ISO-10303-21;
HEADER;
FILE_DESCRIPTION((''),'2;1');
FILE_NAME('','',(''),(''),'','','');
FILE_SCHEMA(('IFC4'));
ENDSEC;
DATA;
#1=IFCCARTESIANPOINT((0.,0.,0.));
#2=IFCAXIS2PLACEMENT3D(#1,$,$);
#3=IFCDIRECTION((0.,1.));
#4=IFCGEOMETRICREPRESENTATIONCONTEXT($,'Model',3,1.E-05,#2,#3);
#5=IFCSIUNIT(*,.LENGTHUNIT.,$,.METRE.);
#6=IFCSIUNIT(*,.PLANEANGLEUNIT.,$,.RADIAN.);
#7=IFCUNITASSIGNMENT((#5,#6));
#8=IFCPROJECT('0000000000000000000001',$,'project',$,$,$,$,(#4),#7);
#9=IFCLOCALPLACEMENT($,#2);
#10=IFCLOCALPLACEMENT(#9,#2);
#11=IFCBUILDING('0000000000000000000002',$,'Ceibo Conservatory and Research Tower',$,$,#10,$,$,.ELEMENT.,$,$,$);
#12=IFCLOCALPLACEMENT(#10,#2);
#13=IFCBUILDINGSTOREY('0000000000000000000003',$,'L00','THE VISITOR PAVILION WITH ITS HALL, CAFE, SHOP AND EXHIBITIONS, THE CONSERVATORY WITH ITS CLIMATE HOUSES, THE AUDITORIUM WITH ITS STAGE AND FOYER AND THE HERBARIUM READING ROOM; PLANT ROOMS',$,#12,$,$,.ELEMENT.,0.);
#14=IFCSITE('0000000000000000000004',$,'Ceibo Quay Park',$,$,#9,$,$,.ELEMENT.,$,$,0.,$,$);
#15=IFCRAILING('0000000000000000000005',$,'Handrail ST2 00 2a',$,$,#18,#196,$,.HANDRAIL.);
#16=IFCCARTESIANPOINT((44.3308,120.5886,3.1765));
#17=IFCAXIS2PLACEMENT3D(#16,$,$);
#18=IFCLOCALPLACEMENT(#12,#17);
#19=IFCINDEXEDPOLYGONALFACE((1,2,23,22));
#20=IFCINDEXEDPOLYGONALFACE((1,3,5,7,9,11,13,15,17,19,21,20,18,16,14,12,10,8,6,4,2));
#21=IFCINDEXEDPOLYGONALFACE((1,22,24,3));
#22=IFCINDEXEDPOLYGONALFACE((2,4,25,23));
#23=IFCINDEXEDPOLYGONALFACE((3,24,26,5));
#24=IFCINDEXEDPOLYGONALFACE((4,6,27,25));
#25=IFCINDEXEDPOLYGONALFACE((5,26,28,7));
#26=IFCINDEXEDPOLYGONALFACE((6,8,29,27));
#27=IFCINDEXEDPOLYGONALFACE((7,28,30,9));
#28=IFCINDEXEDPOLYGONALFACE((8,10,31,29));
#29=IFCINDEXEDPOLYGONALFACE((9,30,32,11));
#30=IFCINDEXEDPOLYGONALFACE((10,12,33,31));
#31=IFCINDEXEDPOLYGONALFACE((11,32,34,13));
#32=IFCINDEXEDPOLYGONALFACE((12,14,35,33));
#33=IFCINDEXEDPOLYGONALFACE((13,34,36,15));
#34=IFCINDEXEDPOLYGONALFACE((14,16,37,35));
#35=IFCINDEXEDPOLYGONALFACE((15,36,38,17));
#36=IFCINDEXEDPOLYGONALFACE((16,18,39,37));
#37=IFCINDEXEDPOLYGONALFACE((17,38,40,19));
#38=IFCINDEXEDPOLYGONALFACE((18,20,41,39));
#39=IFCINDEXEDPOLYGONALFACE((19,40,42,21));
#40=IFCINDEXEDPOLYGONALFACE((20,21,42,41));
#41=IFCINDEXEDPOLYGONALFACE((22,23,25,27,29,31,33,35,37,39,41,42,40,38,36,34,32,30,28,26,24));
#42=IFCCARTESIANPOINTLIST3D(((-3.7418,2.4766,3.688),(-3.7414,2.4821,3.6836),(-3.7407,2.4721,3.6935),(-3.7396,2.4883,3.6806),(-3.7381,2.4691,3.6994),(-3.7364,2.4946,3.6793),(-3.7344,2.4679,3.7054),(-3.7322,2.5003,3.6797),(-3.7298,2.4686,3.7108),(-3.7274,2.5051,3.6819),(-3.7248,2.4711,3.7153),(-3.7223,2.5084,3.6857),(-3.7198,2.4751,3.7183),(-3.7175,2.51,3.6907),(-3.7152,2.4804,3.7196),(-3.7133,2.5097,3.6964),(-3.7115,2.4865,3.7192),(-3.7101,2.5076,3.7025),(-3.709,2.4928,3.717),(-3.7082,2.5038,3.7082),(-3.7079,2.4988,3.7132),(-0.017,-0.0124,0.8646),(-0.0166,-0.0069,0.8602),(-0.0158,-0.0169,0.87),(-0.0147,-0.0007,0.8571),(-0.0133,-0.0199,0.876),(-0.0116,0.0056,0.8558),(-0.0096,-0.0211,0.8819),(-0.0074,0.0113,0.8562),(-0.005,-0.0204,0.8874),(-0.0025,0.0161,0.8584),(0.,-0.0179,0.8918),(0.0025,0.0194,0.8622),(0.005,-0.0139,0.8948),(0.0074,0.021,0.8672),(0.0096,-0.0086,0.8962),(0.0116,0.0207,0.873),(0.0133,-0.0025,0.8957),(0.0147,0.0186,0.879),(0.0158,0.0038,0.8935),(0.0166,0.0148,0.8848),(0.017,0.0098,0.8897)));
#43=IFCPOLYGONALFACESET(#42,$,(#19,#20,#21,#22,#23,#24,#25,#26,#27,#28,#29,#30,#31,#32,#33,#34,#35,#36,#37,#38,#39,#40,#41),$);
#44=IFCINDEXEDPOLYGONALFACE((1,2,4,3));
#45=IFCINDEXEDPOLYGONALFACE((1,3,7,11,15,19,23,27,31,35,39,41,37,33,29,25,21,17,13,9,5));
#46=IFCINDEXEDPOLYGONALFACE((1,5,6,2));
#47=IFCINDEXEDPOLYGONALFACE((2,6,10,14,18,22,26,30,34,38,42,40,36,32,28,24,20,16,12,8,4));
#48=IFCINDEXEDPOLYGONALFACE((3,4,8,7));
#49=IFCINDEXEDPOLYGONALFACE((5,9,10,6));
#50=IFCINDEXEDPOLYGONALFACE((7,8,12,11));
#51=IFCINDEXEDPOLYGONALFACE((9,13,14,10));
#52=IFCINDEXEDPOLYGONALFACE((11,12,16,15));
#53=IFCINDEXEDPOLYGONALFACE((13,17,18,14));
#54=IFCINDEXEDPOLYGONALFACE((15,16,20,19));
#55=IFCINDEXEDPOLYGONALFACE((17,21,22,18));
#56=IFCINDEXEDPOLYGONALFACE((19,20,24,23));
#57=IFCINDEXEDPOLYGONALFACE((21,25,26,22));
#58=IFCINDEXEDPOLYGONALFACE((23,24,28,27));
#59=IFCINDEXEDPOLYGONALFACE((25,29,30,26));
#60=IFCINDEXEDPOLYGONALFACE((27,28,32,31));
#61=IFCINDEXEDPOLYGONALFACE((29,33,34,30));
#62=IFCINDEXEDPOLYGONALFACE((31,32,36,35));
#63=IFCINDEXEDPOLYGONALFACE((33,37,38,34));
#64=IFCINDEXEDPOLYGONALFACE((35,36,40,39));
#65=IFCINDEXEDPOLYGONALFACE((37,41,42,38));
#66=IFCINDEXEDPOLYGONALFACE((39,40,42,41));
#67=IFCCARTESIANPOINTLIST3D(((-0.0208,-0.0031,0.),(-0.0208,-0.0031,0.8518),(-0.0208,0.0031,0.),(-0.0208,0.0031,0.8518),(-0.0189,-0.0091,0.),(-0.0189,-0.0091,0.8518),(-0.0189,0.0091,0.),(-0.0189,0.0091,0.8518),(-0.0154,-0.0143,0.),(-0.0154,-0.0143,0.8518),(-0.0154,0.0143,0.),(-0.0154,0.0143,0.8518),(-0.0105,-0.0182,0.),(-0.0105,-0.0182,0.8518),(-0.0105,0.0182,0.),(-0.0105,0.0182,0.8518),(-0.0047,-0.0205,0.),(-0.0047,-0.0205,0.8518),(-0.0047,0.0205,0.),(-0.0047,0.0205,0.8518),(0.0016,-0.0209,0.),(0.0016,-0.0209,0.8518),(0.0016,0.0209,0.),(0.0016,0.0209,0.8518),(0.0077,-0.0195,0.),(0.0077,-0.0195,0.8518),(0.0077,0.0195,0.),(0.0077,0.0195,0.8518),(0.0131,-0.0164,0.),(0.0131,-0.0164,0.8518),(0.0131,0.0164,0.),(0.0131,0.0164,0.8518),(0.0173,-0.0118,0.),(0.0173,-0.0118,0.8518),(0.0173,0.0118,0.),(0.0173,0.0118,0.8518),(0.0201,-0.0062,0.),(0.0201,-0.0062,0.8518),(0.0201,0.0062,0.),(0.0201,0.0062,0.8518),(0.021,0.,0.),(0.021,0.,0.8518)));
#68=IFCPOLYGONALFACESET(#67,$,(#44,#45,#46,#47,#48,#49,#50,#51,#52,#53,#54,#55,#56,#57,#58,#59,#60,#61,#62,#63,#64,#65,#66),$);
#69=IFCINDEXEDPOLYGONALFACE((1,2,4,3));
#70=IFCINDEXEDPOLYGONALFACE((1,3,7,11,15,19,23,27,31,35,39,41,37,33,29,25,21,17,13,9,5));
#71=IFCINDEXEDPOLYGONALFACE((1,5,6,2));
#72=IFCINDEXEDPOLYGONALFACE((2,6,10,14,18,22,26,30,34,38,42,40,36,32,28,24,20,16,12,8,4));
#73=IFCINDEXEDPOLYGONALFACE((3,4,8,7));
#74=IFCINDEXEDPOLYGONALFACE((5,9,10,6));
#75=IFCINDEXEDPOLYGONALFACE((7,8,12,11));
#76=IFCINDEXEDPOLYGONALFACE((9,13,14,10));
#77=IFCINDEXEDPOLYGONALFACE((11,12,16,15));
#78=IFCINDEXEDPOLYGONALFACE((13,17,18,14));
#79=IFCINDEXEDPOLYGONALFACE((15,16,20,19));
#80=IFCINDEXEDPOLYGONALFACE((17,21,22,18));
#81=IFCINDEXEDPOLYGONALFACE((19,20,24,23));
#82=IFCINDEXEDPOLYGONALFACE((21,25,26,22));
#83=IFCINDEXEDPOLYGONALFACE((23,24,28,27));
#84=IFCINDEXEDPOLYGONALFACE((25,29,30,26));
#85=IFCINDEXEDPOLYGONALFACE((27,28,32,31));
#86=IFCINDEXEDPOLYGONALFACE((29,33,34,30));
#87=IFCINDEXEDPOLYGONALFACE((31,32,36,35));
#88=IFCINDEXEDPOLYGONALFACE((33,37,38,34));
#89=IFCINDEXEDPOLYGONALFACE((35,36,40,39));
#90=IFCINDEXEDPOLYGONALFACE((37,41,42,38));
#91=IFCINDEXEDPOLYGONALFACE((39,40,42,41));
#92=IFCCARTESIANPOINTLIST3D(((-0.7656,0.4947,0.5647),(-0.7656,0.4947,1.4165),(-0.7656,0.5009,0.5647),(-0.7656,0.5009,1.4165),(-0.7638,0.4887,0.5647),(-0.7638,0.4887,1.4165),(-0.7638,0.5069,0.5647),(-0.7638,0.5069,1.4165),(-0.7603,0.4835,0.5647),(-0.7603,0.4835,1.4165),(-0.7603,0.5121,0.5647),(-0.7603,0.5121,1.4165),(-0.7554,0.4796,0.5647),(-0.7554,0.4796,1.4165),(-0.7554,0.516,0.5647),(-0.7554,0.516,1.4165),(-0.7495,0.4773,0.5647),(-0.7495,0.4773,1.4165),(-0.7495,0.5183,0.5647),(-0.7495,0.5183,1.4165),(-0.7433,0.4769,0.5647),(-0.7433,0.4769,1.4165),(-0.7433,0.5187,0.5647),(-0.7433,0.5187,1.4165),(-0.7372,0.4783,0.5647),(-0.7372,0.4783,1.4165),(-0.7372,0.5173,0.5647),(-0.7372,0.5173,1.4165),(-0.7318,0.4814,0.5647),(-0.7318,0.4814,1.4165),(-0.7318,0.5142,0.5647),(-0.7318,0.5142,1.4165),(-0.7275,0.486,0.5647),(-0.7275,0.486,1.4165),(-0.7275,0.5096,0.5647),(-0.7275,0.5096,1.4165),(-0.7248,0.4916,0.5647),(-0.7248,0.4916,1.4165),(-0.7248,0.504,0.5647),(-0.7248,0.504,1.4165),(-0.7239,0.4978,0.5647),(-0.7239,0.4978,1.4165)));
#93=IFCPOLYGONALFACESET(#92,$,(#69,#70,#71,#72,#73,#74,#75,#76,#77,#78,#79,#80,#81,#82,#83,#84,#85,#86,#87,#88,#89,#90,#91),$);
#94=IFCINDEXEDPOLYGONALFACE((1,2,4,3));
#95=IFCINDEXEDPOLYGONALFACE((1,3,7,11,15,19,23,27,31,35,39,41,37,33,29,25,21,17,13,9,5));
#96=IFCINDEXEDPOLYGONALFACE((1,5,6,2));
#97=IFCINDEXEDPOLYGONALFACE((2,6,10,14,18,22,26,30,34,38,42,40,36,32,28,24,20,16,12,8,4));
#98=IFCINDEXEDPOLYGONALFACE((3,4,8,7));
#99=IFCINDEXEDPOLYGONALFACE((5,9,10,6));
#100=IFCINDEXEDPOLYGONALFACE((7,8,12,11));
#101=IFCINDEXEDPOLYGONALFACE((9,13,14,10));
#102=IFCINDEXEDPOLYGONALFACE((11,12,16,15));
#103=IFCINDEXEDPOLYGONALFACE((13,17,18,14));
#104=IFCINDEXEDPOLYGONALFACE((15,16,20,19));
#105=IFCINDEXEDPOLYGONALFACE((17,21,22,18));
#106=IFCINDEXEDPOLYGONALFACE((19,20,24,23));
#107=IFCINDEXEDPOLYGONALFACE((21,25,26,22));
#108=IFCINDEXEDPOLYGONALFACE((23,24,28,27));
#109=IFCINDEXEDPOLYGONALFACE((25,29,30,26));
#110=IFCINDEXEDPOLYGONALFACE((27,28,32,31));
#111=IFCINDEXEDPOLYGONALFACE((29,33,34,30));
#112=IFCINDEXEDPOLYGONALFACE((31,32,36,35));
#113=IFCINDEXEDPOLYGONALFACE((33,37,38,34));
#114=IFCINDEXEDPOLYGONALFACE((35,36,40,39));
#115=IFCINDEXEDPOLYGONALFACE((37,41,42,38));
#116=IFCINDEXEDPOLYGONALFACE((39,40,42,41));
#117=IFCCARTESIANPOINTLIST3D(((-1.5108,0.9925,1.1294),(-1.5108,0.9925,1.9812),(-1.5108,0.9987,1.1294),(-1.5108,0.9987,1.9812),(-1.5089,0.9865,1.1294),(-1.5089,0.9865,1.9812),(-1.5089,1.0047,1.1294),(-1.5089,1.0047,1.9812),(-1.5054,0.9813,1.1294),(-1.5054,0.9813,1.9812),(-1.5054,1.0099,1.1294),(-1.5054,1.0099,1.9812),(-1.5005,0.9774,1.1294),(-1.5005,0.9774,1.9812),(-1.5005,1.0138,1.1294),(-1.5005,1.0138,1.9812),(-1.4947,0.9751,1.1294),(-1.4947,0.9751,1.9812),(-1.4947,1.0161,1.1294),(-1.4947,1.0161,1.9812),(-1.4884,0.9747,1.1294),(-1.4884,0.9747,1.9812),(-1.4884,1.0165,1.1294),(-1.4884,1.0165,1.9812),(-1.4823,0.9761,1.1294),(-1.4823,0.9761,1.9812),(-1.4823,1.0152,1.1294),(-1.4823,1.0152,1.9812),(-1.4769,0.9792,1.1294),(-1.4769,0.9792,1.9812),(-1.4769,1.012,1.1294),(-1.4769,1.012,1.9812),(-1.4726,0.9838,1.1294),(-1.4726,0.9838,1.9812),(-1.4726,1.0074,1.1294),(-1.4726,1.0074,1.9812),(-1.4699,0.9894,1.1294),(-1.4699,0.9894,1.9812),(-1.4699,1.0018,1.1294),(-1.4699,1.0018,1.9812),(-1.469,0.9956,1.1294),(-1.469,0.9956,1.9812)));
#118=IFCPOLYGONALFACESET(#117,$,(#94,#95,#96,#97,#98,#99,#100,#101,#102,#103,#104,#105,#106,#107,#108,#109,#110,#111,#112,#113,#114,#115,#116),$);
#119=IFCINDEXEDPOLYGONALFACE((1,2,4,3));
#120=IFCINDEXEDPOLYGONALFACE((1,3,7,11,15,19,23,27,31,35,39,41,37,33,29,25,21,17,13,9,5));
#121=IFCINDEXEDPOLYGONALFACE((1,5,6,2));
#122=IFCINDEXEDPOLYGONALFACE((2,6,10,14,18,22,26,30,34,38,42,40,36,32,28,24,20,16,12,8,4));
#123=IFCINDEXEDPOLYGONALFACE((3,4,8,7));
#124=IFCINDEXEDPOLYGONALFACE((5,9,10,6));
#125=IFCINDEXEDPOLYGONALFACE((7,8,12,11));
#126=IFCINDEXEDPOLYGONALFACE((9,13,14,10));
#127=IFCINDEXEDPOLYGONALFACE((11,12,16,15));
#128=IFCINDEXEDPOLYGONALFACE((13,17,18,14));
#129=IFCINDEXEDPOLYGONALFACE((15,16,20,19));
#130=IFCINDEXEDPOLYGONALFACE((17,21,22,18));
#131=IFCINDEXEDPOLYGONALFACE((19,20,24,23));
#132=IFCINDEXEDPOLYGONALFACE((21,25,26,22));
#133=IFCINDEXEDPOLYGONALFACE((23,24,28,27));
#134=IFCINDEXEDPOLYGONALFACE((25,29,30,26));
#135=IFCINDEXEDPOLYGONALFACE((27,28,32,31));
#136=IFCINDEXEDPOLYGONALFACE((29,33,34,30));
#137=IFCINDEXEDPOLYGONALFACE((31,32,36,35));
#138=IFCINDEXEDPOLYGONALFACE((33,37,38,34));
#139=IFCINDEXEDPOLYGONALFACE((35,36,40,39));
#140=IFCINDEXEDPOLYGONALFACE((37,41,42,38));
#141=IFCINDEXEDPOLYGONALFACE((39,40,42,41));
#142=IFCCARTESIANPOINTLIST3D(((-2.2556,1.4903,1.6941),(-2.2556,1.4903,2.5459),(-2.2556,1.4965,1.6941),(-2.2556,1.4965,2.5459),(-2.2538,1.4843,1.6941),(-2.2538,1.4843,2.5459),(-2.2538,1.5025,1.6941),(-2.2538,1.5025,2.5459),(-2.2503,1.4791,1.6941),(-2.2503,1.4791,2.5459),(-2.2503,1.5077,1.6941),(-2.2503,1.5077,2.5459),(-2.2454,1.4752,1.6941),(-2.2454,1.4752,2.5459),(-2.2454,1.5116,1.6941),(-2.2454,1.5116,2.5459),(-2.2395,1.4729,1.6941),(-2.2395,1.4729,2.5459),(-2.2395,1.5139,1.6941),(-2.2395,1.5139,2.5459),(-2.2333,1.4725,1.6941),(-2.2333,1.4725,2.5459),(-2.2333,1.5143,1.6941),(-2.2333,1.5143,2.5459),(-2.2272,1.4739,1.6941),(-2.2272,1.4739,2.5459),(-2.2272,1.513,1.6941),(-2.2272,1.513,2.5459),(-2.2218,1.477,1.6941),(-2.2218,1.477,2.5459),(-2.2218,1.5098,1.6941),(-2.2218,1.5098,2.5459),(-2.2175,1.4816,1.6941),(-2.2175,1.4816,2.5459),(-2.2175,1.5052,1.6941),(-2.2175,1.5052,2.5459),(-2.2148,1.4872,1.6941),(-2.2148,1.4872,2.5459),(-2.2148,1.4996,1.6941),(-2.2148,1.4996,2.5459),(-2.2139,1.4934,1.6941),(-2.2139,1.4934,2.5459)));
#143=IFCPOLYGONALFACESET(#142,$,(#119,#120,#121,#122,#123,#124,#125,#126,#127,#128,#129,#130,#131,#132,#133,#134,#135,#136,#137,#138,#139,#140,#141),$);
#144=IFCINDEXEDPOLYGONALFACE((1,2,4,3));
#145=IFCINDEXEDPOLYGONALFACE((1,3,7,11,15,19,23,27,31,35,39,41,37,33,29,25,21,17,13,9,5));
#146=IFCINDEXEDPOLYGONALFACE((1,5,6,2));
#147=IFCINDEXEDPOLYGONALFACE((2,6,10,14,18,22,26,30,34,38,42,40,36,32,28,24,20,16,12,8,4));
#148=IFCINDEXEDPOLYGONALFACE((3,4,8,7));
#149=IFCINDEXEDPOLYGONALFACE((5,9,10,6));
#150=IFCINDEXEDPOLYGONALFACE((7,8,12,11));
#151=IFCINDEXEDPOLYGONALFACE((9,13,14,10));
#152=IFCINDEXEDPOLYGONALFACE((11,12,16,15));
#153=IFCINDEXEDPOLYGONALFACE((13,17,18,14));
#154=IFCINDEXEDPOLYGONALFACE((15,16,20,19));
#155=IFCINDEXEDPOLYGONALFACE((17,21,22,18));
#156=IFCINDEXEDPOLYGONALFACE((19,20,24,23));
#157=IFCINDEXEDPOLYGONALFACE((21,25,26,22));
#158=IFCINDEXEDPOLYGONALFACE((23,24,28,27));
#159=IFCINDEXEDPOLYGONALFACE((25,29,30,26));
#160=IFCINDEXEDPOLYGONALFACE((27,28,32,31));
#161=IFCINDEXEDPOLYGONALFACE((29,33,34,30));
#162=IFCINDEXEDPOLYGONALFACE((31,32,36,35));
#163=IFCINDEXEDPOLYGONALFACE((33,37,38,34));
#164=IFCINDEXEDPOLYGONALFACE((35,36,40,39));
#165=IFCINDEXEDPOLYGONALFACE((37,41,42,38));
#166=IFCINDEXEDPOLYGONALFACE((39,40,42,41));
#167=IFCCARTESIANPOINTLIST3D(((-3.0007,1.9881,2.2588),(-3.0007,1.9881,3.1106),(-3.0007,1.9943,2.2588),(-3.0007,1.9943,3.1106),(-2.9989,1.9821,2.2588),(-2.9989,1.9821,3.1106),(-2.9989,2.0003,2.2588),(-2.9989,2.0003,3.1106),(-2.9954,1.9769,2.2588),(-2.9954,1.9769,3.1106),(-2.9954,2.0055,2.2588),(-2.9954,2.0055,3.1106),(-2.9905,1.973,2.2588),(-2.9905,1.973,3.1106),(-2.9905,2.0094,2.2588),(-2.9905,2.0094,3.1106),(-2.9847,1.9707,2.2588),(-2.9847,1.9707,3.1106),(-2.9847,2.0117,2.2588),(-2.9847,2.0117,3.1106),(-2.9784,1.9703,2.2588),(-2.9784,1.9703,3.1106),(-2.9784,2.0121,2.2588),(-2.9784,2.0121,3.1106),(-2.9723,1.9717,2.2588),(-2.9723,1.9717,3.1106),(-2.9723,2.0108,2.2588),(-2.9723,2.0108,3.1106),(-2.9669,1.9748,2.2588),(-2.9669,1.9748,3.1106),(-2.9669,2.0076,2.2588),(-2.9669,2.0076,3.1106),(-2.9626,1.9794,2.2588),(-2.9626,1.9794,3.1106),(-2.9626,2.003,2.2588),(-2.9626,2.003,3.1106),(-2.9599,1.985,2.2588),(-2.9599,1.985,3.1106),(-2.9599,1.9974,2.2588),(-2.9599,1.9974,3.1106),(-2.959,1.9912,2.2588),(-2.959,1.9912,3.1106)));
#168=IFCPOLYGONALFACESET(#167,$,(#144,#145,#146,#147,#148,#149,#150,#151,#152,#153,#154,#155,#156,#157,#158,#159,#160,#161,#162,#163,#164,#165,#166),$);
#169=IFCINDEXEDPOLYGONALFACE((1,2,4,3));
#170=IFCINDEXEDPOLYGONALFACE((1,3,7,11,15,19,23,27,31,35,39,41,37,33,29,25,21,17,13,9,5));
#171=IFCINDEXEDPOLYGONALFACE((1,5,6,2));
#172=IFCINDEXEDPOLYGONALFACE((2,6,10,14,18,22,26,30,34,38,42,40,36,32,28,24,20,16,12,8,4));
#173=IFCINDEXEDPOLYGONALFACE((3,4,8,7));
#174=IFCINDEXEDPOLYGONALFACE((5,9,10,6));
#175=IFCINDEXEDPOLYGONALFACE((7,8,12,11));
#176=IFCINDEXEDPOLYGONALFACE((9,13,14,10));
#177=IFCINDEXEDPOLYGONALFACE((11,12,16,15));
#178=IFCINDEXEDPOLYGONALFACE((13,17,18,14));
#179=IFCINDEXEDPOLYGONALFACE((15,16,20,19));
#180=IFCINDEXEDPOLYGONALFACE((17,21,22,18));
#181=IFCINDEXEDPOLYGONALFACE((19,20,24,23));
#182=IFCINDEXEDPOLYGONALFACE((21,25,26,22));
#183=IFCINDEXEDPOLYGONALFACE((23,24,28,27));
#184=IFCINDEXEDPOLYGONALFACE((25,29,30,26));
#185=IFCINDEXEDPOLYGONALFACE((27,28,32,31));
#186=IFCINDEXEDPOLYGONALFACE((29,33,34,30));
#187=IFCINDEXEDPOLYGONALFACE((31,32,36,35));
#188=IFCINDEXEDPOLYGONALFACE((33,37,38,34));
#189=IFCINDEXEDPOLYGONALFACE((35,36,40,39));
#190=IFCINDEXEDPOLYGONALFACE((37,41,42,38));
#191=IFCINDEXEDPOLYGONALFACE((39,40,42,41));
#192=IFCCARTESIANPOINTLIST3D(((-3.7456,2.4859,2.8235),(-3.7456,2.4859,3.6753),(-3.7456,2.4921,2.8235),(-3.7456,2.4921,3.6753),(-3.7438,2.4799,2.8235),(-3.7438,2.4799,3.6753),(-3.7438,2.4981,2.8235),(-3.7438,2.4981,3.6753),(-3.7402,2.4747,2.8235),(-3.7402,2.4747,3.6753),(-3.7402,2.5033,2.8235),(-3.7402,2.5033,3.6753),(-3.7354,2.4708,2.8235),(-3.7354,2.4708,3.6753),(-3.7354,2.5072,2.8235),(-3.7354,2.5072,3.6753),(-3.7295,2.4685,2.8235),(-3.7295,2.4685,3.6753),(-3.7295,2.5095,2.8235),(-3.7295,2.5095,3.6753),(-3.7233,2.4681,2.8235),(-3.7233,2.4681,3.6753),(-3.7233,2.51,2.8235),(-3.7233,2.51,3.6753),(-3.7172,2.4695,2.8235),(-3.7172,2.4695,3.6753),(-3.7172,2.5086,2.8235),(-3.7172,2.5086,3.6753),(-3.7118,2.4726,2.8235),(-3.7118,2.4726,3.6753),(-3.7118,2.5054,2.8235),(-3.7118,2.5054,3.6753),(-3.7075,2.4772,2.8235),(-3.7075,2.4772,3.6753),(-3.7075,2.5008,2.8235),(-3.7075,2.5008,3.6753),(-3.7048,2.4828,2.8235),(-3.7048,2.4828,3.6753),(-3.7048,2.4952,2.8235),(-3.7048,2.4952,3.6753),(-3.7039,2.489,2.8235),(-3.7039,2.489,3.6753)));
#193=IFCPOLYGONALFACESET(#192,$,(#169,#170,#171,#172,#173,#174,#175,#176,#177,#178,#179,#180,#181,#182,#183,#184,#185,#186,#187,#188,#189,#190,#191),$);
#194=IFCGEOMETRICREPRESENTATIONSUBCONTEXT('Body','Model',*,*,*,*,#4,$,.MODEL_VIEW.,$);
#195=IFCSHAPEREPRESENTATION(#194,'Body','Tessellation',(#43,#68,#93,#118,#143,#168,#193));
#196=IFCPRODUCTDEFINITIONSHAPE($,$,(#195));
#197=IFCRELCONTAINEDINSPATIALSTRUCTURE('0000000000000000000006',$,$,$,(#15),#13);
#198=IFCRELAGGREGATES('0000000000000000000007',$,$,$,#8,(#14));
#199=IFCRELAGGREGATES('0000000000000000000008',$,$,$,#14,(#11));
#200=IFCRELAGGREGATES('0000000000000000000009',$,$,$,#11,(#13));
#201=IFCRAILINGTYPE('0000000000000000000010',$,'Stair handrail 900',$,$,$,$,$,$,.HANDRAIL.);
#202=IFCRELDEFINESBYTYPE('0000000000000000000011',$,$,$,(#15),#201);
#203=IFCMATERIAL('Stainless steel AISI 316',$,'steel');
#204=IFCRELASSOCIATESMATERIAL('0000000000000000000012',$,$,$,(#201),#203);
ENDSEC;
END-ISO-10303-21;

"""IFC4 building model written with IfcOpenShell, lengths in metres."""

from ifc_helpers import new_model, si_unit, direction, frame, origin, origin_2d, place, context, subcontext, project, spatial, circle, extrude, material, type_object, element, save


model = new_model("IFC4")

# Units and contexts
model_context = context("Model", 3, precision=1e-05, world=origin(), true_north=direction((0.0, 1.0)))
body_context = subcontext(model_context, "Body", "Model", "MODEL_VIEW")
ifc_project = project(units=[si_unit("LENGTHUNIT", "METRE"), si_unit("PLANEANGLEUNIT", "RADIAN")], contexts=[model_context])

# Site, building, storey
site_placement = place(None, origin())
site = spatial("IfcSite", under=ifc_project, at=site_placement, Name="Ceibo Quay Park", CompositionType="ELEMENT", RefElevation=0.0)
building_placement = place(site_placement, origin())
building = spatial("IfcBuilding", under=site, at=building_placement, Name="Ceibo Conservatory and Research Tower", CompositionType="ELEMENT")
storey_placement = place(building_placement, origin())
storey = spatial("IfcBuildingStorey", under=building, at=storey_placement, Name="L00", Description="THE VISITOR PAVILION WITH ITS HALL, CAFE, SHOP AND EXHIBITIONS, THE CONSERVATORY WITH ITS CLIMATE HOUSES, THE AUDITORIUM WITH ITS STAGE AND FOYER AND THE HERBARIUM READING ROOM; PLANT ROOMS", CompositionType="ELEMENT", Elevation=0.0)

# Shared definitions
ifc_material_1 = material(Name="Stainless steel AISI 316", Category="steel")

# Railing
railing_type = type_object("IfcRailingType", Name="Stair handrail 900", PredefinedType="HANDRAIL", material=ifc_material_1)
railing_1_placement = place(storey_placement, frame((44.3308, 120.5886, 3.1765)))
element("IfcRailing", 1, at=railing_1_placement, inside=storey, type_object=railing_type, Name="Handrail ST2 00 2a", PredefinedType="HANDRAIL", context=body_context, shape_type="SweptSolid", body=[
    extrude(circle(Radius=0.0239, at=origin_2d()), frame((0.0, 0.0, 0.876), z_axis=(-0.703406, 0.470029, 0.533191), x_axis=(-0.555593, -0.831455, 0.0)), (0.0, 0.0, 1.0), 5.2954),
    extrude(circle(Radius=0.021, at=origin_2d()), origin(), (0.0, 0.0, 1.0), 0.8518),
    extrude(circle(Radius=0.021, at=origin_2d()), frame((-0.7449, 0.4978, 0.5647)), (0.0, 0.0, 1.0), 0.8518),
    extrude(circle(Radius=0.021, at=origin_2d()), frame((-1.49, 0.9956, 1.1294)), (0.0, 0.0, 1.0), 0.8518),
    extrude(circle(Radius=0.021, at=origin_2d()), frame((-2.2349, 1.4934, 1.6941)), (0.0, 0.0, 1.0), 0.8518),
    extrude(circle(Radius=0.021, at=origin_2d()), frame((-2.98, 1.9912, 2.2588)), (0.0, 0.0, 1.0), 0.8518),
    extrude(circle(Radius=0.021, at=origin_2d()), frame((-3.7249, 2.489, 2.8235)), (0.0, 0.0, 1.0), 0.8518),
])

save(model, "model.ifc")
